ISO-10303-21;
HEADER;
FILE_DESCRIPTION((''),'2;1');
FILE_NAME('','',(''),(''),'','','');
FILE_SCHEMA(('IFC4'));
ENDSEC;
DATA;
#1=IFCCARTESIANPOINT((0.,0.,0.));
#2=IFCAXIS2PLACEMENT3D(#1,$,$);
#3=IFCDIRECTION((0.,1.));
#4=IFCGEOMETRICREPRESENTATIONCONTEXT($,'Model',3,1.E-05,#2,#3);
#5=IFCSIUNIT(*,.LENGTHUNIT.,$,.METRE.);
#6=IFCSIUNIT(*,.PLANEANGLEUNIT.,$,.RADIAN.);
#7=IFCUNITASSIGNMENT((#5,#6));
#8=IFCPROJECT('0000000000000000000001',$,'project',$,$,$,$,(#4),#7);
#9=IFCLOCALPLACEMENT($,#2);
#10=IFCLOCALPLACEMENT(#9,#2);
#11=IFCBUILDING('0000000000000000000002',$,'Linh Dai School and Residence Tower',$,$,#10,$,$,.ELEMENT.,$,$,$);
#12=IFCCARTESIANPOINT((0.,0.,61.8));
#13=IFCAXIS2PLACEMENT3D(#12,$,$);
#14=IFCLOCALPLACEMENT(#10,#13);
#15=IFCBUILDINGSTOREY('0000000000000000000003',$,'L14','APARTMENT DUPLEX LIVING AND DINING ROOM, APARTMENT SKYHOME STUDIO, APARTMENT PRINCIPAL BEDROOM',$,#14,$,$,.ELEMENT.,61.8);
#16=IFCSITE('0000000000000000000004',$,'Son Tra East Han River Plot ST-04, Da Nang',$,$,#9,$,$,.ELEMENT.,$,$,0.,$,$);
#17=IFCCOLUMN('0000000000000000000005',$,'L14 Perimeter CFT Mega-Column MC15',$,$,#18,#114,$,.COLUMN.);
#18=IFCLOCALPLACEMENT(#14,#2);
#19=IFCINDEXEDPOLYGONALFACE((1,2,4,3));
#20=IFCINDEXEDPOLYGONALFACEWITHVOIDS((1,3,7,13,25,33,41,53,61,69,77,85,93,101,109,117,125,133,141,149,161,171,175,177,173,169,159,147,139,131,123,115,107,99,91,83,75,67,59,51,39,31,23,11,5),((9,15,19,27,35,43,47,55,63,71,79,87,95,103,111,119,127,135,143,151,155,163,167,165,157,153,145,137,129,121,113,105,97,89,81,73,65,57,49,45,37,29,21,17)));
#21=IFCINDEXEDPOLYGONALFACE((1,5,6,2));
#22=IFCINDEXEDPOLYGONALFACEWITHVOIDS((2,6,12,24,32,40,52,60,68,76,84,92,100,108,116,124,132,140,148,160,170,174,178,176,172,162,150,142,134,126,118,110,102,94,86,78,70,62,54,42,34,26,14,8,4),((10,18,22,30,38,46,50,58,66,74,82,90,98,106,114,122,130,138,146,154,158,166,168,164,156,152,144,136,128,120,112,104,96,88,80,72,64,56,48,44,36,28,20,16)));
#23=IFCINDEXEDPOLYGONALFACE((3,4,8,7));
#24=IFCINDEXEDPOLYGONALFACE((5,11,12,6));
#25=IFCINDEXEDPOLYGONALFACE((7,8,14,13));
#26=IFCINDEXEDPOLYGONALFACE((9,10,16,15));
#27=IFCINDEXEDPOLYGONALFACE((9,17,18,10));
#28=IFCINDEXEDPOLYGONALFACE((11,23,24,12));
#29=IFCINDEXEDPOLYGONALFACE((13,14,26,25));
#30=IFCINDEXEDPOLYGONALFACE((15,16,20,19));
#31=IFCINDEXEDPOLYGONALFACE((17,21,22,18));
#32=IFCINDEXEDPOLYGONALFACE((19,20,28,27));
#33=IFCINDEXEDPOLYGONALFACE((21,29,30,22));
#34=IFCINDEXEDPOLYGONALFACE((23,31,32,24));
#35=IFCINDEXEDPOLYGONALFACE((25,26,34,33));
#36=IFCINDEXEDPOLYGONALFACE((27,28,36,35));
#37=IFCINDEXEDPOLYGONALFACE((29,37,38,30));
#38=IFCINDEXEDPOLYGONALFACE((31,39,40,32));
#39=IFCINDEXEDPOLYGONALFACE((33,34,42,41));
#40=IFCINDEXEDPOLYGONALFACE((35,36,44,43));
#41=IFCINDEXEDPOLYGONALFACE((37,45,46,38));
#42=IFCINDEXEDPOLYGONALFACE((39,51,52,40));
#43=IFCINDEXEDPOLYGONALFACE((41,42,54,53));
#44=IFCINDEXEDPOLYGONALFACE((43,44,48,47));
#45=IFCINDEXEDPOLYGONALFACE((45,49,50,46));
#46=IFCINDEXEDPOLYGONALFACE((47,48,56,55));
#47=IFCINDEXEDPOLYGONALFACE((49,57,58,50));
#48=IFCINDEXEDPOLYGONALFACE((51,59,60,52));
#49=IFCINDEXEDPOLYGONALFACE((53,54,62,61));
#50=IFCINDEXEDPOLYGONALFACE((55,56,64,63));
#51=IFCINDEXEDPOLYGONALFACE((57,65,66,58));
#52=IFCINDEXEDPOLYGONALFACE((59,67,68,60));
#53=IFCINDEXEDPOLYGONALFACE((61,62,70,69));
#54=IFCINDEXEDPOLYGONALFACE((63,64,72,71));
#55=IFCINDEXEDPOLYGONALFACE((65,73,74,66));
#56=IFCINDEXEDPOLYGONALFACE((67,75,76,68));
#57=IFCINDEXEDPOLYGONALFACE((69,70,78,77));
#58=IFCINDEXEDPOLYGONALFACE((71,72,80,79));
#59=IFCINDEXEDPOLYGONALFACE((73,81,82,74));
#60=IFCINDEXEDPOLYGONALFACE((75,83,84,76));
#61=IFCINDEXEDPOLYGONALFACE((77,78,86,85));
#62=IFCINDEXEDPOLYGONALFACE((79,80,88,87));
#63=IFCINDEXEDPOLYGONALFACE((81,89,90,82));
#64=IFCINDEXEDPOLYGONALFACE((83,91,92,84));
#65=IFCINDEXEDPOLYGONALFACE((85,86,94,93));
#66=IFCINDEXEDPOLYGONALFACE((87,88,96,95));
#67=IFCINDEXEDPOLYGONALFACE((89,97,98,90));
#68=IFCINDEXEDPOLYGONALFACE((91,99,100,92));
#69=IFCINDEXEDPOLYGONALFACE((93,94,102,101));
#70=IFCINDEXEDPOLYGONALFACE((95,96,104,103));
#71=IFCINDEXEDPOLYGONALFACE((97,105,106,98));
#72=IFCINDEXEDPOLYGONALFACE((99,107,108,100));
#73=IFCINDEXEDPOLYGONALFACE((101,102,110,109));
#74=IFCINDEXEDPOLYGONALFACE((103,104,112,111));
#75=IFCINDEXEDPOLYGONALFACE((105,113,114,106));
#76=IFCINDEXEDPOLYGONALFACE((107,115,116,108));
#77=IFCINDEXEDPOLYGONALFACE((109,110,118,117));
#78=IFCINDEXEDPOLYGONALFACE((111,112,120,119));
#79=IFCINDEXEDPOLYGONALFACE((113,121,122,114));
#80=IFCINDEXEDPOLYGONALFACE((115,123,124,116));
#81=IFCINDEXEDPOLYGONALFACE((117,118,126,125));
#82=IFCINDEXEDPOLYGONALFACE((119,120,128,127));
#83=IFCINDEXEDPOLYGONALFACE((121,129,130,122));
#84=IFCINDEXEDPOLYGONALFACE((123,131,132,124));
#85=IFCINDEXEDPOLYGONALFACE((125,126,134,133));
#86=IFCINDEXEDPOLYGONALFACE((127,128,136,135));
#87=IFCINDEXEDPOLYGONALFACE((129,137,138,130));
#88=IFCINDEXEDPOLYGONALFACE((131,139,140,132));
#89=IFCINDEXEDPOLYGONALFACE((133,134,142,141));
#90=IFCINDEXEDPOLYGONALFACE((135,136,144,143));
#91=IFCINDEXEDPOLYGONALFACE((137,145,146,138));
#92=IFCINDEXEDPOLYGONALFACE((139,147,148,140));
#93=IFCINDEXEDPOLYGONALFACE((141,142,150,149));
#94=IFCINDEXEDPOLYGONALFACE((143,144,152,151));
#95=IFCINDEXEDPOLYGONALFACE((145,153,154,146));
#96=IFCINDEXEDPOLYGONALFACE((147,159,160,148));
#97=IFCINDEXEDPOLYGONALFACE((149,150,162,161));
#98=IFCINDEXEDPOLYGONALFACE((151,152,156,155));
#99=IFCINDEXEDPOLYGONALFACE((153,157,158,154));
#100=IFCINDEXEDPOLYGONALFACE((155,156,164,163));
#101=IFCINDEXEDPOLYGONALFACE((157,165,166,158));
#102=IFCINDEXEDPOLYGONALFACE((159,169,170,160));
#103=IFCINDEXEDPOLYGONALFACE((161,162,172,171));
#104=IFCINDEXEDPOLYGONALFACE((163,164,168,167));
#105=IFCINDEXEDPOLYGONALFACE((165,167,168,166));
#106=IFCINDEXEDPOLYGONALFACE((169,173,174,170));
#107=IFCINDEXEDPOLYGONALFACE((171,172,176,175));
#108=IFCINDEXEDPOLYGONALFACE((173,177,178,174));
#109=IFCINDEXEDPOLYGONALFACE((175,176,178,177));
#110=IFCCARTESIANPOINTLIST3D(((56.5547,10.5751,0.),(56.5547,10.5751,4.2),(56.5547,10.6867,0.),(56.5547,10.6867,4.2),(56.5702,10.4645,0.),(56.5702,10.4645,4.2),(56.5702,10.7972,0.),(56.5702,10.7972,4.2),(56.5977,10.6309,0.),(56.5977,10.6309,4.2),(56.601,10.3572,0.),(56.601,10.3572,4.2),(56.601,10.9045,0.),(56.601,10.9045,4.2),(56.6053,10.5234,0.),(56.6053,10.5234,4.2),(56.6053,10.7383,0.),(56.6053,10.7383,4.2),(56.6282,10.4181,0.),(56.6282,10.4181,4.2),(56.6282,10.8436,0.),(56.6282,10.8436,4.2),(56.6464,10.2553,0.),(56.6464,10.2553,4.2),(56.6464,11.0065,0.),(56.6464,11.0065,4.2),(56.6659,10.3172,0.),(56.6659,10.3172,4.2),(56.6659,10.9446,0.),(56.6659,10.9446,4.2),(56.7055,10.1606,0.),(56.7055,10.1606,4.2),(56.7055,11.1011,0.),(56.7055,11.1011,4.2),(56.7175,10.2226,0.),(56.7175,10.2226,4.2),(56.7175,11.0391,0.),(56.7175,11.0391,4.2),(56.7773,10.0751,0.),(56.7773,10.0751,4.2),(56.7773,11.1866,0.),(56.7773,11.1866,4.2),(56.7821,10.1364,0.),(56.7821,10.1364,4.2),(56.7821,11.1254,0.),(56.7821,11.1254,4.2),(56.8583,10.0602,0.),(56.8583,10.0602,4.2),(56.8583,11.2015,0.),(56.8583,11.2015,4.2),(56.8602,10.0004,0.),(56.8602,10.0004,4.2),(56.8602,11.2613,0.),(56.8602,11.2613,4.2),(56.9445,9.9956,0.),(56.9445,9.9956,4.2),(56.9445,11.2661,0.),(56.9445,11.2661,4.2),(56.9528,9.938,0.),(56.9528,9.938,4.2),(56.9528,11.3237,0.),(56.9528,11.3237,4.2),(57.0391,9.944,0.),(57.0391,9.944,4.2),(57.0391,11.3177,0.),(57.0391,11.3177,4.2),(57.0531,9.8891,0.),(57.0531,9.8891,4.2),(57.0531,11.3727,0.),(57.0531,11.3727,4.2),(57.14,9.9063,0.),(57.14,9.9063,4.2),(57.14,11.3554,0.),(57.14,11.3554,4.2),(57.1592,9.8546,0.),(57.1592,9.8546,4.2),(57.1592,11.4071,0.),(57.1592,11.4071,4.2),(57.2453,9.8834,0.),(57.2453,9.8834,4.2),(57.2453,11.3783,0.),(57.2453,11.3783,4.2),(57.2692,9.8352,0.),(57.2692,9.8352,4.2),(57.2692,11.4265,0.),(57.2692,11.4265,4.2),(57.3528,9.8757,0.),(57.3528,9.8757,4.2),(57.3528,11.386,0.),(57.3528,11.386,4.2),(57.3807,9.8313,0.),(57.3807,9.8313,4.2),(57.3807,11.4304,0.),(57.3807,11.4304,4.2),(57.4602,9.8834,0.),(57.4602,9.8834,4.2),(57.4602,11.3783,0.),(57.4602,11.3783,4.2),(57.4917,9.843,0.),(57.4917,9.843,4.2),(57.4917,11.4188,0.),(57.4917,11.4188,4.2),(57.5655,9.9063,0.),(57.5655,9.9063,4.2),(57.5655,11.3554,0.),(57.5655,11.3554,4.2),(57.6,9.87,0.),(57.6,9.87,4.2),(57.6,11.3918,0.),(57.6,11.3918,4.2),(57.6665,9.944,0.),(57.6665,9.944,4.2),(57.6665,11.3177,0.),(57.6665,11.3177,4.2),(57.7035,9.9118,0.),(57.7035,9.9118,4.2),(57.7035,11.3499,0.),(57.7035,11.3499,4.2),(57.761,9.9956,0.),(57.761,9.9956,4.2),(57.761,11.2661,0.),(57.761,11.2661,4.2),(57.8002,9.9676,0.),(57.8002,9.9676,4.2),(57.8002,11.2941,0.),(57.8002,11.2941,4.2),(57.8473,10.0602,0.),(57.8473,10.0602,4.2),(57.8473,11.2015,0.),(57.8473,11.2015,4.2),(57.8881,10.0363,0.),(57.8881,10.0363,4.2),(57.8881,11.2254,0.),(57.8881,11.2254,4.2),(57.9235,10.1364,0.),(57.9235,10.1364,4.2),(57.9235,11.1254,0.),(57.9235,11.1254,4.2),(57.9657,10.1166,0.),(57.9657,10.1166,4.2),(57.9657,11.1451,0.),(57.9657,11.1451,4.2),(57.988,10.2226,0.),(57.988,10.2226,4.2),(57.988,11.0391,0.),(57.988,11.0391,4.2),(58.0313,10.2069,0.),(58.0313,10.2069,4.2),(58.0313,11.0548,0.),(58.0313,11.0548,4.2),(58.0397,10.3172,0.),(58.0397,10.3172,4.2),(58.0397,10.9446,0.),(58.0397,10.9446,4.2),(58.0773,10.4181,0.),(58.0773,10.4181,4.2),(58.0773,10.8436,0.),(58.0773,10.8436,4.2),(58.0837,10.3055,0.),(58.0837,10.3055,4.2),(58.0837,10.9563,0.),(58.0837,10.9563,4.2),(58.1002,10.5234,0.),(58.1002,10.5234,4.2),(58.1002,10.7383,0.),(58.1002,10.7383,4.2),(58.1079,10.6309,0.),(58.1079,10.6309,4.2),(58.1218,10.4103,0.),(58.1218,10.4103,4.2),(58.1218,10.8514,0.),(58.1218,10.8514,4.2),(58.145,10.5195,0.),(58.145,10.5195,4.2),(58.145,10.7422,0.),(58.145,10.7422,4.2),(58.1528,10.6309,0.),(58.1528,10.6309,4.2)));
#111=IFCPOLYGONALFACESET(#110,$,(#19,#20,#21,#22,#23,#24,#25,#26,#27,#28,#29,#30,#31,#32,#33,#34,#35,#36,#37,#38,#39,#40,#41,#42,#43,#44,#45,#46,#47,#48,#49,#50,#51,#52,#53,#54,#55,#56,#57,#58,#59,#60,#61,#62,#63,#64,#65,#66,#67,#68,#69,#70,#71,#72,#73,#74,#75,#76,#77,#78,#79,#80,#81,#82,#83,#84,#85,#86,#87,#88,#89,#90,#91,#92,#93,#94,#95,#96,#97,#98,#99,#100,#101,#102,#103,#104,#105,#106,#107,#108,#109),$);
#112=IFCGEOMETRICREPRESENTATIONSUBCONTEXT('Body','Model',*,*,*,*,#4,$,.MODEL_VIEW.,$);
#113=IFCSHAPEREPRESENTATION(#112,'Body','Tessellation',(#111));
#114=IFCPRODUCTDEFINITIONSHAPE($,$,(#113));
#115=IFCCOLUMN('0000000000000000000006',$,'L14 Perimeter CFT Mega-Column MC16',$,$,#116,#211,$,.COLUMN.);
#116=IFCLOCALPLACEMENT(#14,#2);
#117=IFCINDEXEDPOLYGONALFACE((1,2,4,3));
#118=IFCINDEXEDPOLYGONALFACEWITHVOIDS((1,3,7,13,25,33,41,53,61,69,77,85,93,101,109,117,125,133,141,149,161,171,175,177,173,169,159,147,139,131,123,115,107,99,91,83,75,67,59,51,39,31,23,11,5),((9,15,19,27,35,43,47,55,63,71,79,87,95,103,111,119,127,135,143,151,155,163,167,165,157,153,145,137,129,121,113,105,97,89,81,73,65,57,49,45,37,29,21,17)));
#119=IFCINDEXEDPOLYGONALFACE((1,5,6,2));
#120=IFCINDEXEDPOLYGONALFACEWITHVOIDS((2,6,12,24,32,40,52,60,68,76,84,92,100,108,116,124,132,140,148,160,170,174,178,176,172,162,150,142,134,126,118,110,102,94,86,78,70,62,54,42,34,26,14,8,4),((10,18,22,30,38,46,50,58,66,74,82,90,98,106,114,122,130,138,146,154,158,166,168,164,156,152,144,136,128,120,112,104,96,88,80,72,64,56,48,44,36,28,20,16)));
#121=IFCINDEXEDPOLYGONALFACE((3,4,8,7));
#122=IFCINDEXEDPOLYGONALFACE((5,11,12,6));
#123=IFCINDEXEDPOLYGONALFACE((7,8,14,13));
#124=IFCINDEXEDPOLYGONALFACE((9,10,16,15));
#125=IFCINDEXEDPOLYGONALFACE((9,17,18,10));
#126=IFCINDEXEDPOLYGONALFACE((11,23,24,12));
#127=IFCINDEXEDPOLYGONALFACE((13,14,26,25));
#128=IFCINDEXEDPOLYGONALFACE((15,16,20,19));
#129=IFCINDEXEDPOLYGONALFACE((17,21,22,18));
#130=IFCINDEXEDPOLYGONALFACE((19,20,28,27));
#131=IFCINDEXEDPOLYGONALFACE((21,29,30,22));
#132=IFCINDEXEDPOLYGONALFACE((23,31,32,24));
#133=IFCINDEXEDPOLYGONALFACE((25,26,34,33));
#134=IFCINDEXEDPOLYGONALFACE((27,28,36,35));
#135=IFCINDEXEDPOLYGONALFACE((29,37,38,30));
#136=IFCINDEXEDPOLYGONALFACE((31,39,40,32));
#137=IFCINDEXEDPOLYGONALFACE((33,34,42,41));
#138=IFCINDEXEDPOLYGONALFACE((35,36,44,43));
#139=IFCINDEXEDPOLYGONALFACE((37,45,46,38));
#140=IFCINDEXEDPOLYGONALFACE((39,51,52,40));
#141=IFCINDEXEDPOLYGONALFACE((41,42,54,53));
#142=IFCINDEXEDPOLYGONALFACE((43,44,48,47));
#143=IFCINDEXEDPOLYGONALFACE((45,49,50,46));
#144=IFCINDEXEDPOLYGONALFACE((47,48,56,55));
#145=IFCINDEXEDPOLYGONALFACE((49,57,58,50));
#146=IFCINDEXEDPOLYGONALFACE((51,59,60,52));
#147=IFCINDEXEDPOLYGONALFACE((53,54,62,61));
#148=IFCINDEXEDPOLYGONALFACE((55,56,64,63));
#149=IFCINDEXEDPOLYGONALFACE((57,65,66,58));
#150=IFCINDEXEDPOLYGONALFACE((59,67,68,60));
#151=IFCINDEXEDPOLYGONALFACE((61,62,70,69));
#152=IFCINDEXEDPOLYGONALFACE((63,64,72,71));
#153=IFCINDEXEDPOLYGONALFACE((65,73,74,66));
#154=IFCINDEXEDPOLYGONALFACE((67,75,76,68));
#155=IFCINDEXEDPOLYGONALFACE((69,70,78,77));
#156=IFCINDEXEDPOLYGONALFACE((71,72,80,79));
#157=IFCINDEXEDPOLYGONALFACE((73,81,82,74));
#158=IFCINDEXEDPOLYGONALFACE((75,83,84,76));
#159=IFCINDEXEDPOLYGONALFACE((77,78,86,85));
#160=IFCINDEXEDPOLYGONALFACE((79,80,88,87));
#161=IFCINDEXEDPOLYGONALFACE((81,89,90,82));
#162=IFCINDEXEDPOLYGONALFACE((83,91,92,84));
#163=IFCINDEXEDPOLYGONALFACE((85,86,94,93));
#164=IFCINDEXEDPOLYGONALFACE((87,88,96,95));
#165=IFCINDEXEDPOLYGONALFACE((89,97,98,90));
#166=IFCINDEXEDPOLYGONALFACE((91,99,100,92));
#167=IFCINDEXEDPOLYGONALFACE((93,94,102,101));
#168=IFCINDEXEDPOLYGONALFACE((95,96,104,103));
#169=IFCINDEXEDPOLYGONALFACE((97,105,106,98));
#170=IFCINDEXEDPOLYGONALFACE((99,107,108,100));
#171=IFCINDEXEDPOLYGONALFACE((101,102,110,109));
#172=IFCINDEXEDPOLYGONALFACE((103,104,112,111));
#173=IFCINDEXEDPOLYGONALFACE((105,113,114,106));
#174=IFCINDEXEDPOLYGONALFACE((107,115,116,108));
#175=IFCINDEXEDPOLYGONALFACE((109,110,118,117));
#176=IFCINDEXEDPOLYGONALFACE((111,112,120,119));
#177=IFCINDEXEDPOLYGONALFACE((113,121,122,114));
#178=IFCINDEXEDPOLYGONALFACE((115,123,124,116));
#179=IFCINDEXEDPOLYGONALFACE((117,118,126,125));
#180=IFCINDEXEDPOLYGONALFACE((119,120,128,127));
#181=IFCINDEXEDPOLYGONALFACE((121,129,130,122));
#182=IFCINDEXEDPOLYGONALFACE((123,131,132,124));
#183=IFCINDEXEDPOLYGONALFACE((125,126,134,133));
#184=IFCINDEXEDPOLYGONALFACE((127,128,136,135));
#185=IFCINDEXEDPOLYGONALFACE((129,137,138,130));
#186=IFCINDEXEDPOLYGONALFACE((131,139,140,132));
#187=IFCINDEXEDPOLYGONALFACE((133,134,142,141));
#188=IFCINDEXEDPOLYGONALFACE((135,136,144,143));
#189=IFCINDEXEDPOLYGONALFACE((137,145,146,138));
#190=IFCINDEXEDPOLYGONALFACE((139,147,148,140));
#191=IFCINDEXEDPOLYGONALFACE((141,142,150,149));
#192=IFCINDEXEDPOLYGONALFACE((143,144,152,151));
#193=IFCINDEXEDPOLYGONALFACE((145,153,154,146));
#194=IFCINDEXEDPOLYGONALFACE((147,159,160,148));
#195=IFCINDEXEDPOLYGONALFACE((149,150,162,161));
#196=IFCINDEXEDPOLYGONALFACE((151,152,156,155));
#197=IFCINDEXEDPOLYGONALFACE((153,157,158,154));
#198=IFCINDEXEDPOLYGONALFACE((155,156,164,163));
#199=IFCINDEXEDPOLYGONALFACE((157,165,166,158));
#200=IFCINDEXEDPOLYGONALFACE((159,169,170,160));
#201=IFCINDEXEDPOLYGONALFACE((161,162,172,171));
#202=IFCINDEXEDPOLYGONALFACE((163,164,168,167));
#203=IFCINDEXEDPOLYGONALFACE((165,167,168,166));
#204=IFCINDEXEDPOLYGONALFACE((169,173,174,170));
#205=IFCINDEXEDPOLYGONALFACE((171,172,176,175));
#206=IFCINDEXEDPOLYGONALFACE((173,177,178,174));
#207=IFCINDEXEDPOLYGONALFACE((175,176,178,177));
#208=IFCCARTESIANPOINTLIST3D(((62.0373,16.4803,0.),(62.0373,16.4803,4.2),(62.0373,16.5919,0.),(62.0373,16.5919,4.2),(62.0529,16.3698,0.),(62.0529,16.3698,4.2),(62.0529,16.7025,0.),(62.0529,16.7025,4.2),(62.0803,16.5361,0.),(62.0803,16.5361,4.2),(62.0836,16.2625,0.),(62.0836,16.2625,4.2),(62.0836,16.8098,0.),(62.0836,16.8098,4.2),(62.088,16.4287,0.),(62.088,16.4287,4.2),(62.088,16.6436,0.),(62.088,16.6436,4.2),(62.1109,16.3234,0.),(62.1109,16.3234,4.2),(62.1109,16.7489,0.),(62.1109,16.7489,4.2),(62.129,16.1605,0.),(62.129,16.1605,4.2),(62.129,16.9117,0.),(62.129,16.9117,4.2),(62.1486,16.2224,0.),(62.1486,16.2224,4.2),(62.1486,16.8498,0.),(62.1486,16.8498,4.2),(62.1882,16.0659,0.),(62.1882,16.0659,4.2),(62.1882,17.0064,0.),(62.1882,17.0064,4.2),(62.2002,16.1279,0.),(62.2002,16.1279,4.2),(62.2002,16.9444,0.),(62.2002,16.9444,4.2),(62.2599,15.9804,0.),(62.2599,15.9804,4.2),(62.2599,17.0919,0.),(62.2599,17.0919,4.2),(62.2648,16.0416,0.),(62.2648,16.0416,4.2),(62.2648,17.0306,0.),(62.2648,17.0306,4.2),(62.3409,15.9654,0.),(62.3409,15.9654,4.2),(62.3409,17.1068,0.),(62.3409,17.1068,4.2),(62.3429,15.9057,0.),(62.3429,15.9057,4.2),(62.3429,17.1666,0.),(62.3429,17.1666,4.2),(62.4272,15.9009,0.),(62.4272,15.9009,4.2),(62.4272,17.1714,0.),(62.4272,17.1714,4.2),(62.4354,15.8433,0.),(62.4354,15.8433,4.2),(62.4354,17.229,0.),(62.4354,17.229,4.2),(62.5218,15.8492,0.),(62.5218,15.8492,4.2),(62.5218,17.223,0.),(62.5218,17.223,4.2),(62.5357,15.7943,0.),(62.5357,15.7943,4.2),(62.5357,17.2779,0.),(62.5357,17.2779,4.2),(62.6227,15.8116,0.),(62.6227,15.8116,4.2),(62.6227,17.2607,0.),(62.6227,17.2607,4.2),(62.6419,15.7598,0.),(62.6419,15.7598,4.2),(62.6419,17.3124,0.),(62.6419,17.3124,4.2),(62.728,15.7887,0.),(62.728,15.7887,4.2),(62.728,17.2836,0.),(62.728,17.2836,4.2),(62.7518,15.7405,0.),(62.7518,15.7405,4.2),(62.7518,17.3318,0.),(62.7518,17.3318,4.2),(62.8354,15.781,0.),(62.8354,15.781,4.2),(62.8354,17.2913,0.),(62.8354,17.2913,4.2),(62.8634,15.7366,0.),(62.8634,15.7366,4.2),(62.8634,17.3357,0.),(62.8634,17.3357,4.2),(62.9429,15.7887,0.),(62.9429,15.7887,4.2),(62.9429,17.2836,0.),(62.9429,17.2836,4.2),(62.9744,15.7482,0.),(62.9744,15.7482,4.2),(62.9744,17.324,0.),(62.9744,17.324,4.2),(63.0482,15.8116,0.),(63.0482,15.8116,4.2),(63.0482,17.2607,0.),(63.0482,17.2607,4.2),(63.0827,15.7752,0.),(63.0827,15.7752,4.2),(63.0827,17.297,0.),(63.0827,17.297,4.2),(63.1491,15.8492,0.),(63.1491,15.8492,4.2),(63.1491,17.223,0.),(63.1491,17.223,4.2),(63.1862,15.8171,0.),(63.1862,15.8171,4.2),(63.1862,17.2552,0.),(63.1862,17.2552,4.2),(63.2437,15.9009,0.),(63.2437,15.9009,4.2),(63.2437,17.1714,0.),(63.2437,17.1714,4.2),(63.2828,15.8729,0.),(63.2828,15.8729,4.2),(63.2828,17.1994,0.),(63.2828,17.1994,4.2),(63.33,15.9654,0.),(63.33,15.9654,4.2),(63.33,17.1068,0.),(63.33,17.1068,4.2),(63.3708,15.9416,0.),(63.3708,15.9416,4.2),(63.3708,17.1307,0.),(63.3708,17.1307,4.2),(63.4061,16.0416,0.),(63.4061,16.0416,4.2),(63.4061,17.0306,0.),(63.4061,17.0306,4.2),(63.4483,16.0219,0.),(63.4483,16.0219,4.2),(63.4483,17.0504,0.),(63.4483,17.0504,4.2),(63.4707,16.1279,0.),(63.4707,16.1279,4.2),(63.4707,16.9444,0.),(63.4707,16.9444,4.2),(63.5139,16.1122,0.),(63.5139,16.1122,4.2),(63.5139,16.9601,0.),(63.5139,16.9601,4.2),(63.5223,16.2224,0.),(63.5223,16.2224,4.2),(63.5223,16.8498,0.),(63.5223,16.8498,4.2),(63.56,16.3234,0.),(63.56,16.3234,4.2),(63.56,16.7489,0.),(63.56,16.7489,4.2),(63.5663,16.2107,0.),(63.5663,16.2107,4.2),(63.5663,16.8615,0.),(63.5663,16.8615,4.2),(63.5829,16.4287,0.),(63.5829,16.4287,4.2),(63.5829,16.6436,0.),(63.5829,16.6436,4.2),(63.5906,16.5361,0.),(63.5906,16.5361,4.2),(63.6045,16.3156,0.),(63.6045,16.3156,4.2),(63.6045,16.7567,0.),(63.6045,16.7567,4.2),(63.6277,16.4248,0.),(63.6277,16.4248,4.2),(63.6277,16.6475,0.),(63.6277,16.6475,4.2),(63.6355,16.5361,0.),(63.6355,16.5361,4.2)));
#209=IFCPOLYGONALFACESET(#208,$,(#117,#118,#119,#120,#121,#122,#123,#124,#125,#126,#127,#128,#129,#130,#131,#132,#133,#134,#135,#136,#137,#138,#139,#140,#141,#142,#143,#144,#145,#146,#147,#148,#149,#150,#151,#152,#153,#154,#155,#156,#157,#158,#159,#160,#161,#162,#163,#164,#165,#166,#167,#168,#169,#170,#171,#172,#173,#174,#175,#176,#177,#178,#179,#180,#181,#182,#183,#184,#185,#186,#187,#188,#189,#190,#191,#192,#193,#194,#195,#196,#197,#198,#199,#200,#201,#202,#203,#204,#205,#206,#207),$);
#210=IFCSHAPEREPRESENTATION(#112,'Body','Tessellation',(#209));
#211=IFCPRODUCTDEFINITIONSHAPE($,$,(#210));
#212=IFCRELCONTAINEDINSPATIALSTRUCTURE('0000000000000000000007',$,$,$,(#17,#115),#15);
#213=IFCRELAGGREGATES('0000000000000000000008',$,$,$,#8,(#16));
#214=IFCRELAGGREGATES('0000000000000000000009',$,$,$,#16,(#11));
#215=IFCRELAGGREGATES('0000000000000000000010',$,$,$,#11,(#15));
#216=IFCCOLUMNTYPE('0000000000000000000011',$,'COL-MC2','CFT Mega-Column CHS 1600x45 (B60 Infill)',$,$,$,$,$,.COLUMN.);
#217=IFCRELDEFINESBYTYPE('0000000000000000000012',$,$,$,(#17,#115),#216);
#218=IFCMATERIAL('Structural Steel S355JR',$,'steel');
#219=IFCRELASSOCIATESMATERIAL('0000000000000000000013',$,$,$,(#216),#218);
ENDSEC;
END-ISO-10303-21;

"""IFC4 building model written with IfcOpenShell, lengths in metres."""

from ifc_helpers import new_model, si_unit, direction, frame, origin, origin_2d, place, context, subcontext, project, spatial, hollow_circle, extrude, material, material_profile, profile_set, type_object, element, save


model = new_model("IFC4")

# Units and contexts
model_context = context("Model", 3, precision=1e-05, world=origin(), true_north=direction((0.0, 1.0)))
body_context = subcontext(model_context, "Body", "Model", "MODEL_VIEW")
ifc_project = project(units=[si_unit("LENGTHUNIT", "METRE"), si_unit("PLANEANGLEUNIT", "RADIAN")], contexts=[model_context])

# Site, building, storey
site_placement = place(None, origin())
site = spatial("IfcSite", under=ifc_project, at=site_placement, Name="Son Tra East Han River Plot ST-04, Da Nang", CompositionType="ELEMENT", RefElevation=0.0)
building_placement = place(site_placement, origin())
building = spatial("IfcBuilding", under=site, at=building_placement, Name="Linh Dai School and Residence Tower", CompositionType="ELEMENT")
storey_placement = place(building_placement, frame((0.0, 0.0, 61.8)))
storey = spatial("IfcBuildingStorey", under=building, at=storey_placement, Name="L14", Description="APARTMENT DUPLEX LIVING AND DINING ROOM, APARTMENT SKYHOME STUDIO, APARTMENT PRINCIPAL BEDROOM", CompositionType="ELEMENT", Elevation=61.8)

# Columns
ifc_material_1 = material(Name="Structural Steel S355JR", Category="steel")
ifc_material_profile_1 = material_profile(ifc_material_1, hollow_circle(Radius=0.8, WallThickness=0.0449, at=origin_2d()), Name="CHS 1600x45")
ifc_profile_set_1 = profile_set([ifc_material_profile_1], Name="Structural Steel S355JR")
column_type = type_object("IfcColumnType", Name="COL-MC2", Description="CFT Mega-Column CHS 1600x45 (B60 Infill)", PredefinedType="COLUMN", material=ifc_profile_set_1)
for number, where, z_axis, x_axis, name in (
    (1, (57.3528, 10.6309, 0.0), (0.0, 0.0, 1.0), (1.0, 0.0, 0.0), "L14 Perimeter CFT Mega-Column MC15"),
    (2, (62.8354, 16.5361, 0.0), (0.0, 0.0, 1.0), (1.0, 0.0, 0.0), "L14 Perimeter CFT Mega-Column MC16"),
):
    element("IfcColumn", number, at=place(storey_placement, frame(where, z_axis=z_axis, x_axis=x_axis)), inside=storey, type_object=column_type, Name=name, PredefinedType="COLUMN", context=body_context, shape_type="SweptSolid", body=[
        extrude(hollow_circle(Radius=0.8, WallThickness=0.0449, at=origin_2d()), origin(), (0.0, 0.0, 1.0), 4.2),
    ])

save(model, "model.ifc")
